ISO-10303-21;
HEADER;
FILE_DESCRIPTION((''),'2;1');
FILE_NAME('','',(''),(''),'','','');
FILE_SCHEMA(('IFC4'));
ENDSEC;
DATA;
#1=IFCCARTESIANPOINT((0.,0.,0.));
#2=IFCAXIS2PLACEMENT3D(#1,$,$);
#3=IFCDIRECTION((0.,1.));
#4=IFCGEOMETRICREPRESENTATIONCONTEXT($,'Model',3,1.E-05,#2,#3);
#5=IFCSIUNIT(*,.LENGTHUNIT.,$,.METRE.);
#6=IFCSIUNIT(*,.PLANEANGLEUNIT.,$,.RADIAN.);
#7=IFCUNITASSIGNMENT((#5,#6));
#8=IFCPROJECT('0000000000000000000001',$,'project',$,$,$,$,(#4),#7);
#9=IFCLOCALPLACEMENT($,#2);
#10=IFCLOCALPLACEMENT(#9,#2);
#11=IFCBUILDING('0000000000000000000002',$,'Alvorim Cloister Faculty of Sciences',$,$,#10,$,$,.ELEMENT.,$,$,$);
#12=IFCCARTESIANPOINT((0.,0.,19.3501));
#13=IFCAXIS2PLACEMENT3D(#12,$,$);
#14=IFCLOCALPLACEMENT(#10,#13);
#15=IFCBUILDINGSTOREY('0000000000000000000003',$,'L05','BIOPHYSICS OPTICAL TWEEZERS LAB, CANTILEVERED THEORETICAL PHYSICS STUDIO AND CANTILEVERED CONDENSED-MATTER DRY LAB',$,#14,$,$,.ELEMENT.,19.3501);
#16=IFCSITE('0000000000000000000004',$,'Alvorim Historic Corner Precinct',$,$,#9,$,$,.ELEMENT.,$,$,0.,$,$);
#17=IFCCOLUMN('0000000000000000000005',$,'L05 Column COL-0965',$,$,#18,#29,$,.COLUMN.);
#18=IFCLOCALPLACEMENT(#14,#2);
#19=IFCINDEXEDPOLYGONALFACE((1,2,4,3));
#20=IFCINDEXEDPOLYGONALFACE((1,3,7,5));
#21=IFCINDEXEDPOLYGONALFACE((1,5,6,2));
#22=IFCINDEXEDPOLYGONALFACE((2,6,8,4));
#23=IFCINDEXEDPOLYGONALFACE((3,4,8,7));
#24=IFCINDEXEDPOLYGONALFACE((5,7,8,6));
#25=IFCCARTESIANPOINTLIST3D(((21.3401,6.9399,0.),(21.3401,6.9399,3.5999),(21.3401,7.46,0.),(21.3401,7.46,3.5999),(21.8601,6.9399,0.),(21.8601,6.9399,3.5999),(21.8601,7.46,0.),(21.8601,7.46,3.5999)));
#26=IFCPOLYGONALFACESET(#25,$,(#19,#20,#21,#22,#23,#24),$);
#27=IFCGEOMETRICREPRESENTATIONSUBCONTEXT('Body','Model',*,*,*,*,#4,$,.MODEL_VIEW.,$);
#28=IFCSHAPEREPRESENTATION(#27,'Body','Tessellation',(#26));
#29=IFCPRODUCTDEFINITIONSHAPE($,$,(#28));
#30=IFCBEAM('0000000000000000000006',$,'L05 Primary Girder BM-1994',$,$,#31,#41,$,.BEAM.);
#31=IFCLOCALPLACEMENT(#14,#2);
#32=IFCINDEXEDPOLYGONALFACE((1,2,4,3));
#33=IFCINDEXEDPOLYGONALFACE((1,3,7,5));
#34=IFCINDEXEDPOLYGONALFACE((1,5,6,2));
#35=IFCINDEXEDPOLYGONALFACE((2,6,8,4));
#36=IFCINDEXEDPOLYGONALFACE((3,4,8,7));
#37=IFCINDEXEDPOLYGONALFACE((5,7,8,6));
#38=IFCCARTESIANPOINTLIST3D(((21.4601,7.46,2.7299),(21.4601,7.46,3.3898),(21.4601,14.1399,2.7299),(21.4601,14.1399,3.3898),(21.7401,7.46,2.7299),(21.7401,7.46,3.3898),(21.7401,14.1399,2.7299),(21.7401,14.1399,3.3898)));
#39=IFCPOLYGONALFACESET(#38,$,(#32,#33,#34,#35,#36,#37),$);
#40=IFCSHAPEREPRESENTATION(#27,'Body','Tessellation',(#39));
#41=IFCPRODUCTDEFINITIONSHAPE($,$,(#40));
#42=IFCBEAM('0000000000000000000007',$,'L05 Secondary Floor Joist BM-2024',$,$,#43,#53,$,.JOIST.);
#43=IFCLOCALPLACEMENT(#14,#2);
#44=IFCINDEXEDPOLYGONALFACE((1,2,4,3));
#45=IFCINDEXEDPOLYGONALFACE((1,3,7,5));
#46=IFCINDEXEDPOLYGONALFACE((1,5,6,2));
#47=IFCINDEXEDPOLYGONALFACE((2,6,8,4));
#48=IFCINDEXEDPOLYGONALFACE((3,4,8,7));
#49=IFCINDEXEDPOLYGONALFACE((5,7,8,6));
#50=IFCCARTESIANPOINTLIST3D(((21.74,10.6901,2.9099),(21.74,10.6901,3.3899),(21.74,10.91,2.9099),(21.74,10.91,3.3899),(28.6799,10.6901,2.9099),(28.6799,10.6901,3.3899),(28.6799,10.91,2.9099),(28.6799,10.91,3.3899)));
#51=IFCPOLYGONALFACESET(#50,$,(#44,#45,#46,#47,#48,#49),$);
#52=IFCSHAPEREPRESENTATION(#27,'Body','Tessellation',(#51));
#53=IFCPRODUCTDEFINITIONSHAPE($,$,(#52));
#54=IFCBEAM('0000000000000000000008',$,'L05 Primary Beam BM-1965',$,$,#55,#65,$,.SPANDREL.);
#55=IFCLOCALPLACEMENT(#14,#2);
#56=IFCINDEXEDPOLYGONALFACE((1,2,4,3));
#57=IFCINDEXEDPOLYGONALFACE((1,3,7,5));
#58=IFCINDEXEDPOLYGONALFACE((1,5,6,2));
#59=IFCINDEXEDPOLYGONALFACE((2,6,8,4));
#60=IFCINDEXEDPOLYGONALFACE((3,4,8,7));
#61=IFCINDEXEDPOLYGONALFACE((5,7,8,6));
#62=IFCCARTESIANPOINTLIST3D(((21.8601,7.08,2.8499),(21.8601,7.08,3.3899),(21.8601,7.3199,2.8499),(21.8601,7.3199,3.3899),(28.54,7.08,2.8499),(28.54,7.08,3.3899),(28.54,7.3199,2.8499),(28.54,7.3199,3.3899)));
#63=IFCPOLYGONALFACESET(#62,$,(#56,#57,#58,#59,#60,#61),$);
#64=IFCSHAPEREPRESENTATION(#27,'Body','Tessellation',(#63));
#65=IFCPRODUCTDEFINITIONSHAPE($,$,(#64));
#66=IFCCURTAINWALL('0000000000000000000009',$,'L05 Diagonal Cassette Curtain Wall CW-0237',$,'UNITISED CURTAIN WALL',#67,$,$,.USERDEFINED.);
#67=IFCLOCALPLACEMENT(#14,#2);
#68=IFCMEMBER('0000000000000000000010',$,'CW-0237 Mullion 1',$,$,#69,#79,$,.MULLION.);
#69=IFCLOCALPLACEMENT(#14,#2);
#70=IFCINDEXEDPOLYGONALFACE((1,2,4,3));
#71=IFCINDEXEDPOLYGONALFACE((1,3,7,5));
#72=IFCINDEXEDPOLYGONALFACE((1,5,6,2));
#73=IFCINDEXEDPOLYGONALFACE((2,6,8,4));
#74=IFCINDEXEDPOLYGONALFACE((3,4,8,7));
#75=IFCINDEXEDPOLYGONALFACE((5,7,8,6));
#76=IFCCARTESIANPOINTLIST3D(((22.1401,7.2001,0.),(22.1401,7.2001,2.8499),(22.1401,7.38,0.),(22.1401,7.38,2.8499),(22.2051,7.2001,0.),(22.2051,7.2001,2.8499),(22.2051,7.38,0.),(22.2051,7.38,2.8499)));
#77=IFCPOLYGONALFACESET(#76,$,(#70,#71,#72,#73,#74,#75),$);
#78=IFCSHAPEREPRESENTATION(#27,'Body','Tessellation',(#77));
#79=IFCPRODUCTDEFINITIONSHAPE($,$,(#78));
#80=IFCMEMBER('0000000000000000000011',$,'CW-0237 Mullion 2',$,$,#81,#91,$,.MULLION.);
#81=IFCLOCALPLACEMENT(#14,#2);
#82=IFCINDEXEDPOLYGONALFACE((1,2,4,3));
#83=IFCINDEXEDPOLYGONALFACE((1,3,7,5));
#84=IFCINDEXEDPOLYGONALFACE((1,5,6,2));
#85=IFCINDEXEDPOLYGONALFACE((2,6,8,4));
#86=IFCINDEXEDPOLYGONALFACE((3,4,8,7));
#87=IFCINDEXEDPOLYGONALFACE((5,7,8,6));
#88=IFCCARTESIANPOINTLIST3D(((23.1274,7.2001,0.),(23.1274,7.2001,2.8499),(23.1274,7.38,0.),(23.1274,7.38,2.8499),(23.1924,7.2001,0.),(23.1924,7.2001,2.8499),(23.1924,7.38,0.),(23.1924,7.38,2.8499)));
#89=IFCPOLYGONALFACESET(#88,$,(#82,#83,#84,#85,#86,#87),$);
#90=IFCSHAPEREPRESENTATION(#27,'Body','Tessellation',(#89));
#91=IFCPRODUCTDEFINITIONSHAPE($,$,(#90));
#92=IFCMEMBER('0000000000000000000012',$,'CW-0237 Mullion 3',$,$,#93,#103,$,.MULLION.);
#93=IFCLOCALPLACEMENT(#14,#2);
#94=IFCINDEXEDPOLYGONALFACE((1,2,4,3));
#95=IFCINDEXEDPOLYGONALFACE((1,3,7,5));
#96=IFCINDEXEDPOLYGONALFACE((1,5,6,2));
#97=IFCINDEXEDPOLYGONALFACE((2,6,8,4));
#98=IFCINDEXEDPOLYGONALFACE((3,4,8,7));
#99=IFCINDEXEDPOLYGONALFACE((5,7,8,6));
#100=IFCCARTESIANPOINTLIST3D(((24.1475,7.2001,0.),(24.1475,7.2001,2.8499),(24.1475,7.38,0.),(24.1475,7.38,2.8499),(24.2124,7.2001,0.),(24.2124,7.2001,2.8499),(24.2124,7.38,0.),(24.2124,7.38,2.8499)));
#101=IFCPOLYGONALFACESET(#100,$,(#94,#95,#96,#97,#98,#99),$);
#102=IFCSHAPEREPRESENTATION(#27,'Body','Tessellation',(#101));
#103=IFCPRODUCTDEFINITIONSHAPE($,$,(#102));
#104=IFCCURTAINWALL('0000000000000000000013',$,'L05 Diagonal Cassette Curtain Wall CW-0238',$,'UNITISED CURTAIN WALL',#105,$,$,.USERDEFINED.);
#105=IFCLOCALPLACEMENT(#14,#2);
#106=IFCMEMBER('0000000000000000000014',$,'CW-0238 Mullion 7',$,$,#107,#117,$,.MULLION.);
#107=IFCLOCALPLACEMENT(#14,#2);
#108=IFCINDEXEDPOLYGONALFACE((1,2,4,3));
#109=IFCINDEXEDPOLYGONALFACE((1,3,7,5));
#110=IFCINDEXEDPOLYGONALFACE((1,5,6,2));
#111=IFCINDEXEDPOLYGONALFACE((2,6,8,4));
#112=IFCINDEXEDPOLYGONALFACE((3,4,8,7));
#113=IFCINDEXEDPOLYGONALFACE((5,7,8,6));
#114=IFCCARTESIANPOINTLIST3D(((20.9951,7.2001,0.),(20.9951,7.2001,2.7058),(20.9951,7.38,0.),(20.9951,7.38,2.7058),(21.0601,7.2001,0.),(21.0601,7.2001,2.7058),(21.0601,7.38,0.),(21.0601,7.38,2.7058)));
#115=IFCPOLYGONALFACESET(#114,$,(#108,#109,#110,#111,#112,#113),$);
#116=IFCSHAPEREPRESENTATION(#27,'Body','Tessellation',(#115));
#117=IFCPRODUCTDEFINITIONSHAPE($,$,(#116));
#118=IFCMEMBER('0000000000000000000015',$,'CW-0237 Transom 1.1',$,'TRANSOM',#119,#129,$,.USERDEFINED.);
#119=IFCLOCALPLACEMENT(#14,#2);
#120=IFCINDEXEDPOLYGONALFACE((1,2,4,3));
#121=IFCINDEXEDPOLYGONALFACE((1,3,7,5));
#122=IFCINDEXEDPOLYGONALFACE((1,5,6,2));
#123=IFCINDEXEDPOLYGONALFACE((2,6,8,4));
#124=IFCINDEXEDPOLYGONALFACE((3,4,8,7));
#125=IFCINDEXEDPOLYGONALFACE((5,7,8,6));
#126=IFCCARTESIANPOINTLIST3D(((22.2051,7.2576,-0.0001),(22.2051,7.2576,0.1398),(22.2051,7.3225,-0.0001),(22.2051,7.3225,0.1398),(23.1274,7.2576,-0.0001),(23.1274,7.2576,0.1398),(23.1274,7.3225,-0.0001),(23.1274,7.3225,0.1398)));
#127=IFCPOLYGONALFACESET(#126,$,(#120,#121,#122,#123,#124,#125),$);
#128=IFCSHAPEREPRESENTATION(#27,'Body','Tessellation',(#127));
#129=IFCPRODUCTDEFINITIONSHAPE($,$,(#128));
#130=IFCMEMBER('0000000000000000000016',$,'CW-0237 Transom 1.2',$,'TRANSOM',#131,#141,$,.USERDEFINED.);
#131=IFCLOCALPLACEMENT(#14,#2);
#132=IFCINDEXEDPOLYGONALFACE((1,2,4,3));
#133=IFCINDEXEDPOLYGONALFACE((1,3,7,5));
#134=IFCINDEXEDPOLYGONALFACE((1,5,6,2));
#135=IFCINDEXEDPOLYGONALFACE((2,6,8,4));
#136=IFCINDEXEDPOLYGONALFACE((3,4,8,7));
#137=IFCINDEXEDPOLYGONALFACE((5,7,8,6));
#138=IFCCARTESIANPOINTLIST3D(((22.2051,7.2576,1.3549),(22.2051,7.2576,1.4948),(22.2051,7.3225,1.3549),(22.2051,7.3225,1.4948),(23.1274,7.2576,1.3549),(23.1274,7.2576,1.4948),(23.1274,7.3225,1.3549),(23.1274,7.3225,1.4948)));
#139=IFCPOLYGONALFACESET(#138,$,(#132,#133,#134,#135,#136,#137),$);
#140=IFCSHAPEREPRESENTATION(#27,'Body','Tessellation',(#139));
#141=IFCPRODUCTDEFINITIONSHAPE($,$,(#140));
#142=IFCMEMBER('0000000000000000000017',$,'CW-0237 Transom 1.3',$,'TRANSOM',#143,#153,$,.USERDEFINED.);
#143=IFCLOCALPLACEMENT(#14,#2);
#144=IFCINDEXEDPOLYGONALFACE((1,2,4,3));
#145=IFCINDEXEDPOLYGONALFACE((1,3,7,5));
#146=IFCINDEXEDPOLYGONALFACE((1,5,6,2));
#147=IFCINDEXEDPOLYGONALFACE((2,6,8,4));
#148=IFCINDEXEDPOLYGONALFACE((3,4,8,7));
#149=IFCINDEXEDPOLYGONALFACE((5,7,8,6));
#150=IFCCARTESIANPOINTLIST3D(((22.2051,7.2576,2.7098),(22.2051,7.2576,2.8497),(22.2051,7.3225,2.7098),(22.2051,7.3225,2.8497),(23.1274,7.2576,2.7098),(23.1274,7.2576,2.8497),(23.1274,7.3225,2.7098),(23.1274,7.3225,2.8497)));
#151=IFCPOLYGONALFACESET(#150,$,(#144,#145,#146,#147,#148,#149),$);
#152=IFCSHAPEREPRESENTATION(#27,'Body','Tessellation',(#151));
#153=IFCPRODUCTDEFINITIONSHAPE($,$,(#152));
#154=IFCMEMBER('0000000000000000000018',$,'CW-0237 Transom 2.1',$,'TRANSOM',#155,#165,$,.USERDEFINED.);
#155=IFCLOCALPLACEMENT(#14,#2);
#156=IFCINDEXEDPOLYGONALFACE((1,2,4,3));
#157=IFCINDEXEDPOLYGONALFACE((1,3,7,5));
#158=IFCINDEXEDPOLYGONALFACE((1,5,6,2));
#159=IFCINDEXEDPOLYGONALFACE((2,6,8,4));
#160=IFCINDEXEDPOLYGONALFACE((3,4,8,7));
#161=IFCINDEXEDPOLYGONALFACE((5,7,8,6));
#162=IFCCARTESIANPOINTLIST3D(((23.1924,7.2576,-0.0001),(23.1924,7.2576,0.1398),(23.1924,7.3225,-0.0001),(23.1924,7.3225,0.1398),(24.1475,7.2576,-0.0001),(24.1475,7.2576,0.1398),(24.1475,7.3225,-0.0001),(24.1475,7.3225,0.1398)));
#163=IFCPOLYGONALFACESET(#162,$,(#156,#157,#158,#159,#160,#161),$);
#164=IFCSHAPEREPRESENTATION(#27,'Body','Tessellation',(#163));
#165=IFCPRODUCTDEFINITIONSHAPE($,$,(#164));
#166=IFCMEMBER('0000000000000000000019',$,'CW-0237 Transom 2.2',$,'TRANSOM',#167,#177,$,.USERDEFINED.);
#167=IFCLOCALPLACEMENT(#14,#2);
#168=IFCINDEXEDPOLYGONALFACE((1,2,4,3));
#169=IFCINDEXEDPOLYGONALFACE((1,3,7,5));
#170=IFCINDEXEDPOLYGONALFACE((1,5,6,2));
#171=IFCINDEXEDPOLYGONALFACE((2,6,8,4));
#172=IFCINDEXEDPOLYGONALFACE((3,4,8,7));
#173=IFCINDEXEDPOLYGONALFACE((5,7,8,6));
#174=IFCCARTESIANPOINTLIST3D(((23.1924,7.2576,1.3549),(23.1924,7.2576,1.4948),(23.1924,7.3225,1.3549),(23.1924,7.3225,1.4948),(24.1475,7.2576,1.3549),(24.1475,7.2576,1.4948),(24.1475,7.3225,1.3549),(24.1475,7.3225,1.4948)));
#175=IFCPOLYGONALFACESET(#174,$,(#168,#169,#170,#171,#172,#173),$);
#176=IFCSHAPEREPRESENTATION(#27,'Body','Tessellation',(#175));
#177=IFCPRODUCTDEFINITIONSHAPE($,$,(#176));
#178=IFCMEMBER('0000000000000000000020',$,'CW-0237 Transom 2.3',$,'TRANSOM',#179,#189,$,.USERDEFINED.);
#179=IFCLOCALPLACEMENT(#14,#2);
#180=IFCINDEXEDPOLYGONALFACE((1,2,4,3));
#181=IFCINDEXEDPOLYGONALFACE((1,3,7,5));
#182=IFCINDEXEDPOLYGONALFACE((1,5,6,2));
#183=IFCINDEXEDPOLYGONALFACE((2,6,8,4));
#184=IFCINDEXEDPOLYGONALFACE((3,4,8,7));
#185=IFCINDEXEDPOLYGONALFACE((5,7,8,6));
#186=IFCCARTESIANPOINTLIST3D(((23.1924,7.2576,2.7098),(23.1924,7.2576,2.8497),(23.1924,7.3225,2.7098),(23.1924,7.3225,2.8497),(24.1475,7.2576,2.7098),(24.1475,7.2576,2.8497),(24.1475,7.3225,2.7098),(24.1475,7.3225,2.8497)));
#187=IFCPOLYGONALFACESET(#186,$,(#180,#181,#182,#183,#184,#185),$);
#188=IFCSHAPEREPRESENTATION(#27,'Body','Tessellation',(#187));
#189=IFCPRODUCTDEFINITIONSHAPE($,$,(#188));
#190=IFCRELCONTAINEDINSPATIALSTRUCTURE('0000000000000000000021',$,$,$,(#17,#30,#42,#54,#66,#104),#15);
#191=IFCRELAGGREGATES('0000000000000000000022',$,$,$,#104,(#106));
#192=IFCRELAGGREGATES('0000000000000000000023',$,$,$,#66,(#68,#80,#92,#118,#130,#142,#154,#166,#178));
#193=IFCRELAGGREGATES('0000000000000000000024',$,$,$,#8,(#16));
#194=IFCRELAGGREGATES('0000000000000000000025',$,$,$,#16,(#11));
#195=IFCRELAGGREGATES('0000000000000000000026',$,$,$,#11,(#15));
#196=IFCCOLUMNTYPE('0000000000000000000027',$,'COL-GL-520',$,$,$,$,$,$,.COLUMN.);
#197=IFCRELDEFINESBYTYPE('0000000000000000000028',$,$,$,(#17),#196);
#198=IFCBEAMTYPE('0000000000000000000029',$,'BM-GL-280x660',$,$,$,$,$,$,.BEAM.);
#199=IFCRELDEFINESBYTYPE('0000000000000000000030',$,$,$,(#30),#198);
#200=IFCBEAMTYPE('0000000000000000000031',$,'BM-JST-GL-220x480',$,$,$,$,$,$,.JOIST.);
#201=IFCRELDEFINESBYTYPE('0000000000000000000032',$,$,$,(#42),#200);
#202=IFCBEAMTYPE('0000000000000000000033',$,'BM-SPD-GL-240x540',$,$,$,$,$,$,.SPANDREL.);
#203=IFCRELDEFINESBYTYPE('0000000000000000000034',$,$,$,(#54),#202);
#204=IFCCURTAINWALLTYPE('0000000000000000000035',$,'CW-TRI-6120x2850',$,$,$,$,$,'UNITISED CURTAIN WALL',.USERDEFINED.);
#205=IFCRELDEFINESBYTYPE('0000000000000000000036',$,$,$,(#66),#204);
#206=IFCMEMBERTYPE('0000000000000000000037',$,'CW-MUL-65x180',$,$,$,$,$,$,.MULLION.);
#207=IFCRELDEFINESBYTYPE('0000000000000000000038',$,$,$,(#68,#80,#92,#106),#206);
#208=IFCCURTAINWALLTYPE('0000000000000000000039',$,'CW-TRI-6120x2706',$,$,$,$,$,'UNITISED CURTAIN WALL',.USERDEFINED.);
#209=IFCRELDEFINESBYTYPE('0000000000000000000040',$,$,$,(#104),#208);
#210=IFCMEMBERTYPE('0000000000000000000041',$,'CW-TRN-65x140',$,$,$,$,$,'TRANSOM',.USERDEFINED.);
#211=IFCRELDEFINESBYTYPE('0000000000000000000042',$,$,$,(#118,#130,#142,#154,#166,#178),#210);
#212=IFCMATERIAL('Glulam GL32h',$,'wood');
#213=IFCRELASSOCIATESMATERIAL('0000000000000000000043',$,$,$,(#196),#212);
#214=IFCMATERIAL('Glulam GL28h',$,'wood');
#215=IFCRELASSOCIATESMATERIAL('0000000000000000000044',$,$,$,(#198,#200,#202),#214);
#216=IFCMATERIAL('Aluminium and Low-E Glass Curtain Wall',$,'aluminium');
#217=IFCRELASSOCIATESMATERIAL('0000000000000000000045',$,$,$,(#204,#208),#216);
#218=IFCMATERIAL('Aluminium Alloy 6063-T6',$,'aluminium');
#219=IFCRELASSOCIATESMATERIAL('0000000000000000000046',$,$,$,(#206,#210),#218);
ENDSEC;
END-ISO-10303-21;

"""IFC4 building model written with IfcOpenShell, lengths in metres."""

from ifc_helpers import new_model, si_unit, direction, frame, origin, origin_2d, place, context, subcontext, project, spatial, rectangle, extrude, material, material_profile, profile_set, type_object, element, aggregate, save


model = new_model("IFC4")

# Units and contexts
model_context = context("Model", 3, precision=1e-05, world=origin(), true_north=direction((0.0, 1.0)))
body_context = subcontext(model_context, "Body", "Model", "MODEL_VIEW")
ifc_project = project(units=[si_unit("LENGTHUNIT", "METRE"), si_unit("PLANEANGLEUNIT", "RADIAN")], contexts=[model_context])

# Site, building, storey
site_placement = place(None, origin())
site = spatial("IfcSite", under=ifc_project, at=site_placement, Name="Alvorim Historic Corner Precinct", CompositionType="ELEMENT", RefElevation=0.0)
building_placement = place(site_placement, origin())
building = spatial("IfcBuilding", under=site, at=building_placement, Name="Alvorim Cloister Faculty of Sciences", CompositionType="ELEMENT")
storey_placement = place(building_placement, frame((0.0, 0.0, 19.3501)))
storey = spatial("IfcBuildingStorey", under=building, at=storey_placement, Name="L05", Description="BIOPHYSICS OPTICAL TWEEZERS LAB, CANTILEVERED THEORETICAL PHYSICS STUDIO AND CANTILEVERED CONDENSED-MATTER DRY LAB", CompositionType="ELEMENT", Elevation=19.3501)

# Column
ifc_material_1 = material(Name="Glulam GL32h", Category="wood")
ifc_material_profile_1 = material_profile(ifc_material_1, rectangle(XDim=0.52, YDim=0.52, at=origin_2d()), Name="GL32-COL-520x520")
ifc_profile_set_1 = profile_set([ifc_material_profile_1], Name="Glulam GL32h")
column_type = type_object("IfcColumnType", Name="COL-GL-520", PredefinedType="COLUMN", material=ifc_profile_set_1)
column_placement = place(storey_placement, frame((21.6001, 7.2, 0.0), z_axis=(0.0, 0.0, 1.0), x_axis=(1.0, 0.0, 0.0)))
element("IfcColumn", 1, at=column_placement, inside=storey, type_object=column_type, Name="L05 Column COL-0965", PredefinedType="COLUMN", context=body_context, shape_type="SweptSolid", body=[
    extrude(rectangle(XDim=0.52, YDim=0.52, at=origin_2d()), origin(), (0.0, 0.0, 1.0), 3.5999),
])

# Beams
ifc_material_2 = material(Name="Glulam GL28h", Category="wood")
ifc_material_profile_2 = material_profile(ifc_material_2, rectangle(XDim=0.28, YDim=0.6599, at=origin_2d()), Name="GL28-BM-280x660")
ifc_profile_set_2 = profile_set([ifc_material_profile_2], Name="Glulam GL28h")
beam_type_1 = type_object("IfcBeamType", Name="BM-GL-280x660", PredefinedType="BEAM", material=ifc_profile_set_2)
beam_1_placement = place(storey_placement, frame((21.6001, 7.46, 3.0598), z_axis=(0.0, 1.0, 0.0), x_axis=(-1.0, 0.0, 0.0)))
element("IfcBeam", 2, at=beam_1_placement, inside=storey, type_object=beam_type_1, Name="L05 Primary Girder BM-1994", PredefinedType="BEAM", context=body_context, shape_type="SweptSolid", body=[
    extrude(rectangle(XDim=0.28, YDim=0.6599, at=origin_2d()), origin(), (0.0, 0.0, 1.0), 6.6799),
])
ifc_material_profile_3 = material_profile(ifc_material_2, rectangle(XDim=0.22, YDim=0.48, at=origin_2d()), Name="GL28-JST-220x480")
ifc_profile_set_3 = profile_set([ifc_material_profile_3], Name="Glulam GL28h")
beam_type_2 = type_object("IfcBeamType", Name="BM-JST-GL-220x480", PredefinedType="JOIST", material=ifc_profile_set_3)
beam_2_placement = place(storey_placement, frame((21.74, 10.8, 3.1499), z_axis=(1.0, 0.0, 0.0), x_axis=(0.0, 1.0, 0.0)))
element("IfcBeam", 3, at=beam_2_placement, inside=storey, type_object=beam_type_2, Name="L05 Secondary Floor Joist BM-2024", PredefinedType="JOIST", context=body_context, shape_type="SweptSolid", body=[
    extrude(rectangle(XDim=0.22, YDim=0.48, at=origin_2d()), origin(), (0.0, 0.0, 1.0), 6.9399),
])
ifc_material_profile_4 = material_profile(ifc_material_2, rectangle(XDim=0.24, YDim=0.54, at=origin_2d()), Name="GL28-SPD-240x540")
ifc_profile_set_4 = profile_set([ifc_material_profile_4], Name="Glulam GL28h")
beam_type_3 = type_object("IfcBeamType", Name="BM-SPD-GL-240x540", PredefinedType="SPANDREL", material=ifc_profile_set_4)
beam_3_placement = place(storey_placement, frame((21.8601, 7.2, 3.1199), z_axis=(1.0, 0.0, 0.0), x_axis=(0.0, 1.0, 0.0)))
element("IfcBeam", 4, at=beam_3_placement, inside=storey, type_object=beam_type_3, Name="L05 Primary Beam BM-1965", PredefinedType="SPANDREL", context=body_context, shape_type="SweptSolid", body=[
    extrude(rectangle(XDim=0.24, YDim=0.54, at=origin_2d()), origin(), (0.0, 0.0, 1.0), 6.6799),
])

# Curtain wall, members
ifc_material_3 = material(Name="Aluminium and Low-E Glass Curtain Wall", Category="aluminium")
curtain_wall_type_1 = type_object("IfcCurtainWallType", Name="CW-TRI-6120x2850", ElementType="UNITISED CURTAIN WALL", PredefinedType="USERDEFINED", material=ifc_material_3)
curtain_wall_1_placement = place(storey_placement, origin())
curtain_wall_1 = element("IfcCurtainWall", 5, at=curtain_wall_1_placement, inside=storey, type_object=curtain_wall_type_1, Name="L05 Diagonal Cassette Curtain Wall CW-0237", ObjectType="UNITISED CURTAIN WALL", PredefinedType="USERDEFINED")
ifc_material_4 = material(Name="Aluminium Alloy 6063-T6", Category="aluminium")
ifc_material_profile_5 = material_profile(ifc_material_4, rectangle(XDim=0.0649, YDim=0.1799, at=origin_2d()), Name="ALU-MUL-65x180")
ifc_profile_set_5 = profile_set([ifc_material_profile_5], Name="Aluminium Alloy 6063-T6")
member_type_1 = type_object("IfcMemberType", Name="CW-MUL-65x180", PredefinedType="MULLION", material=ifc_profile_set_5)
member_1_placement = place(storey_placement, frame((22.1726, 7.29, 0.0), z_axis=(0.0, 0.0, 1.0), x_axis=(1.0, 0.0, 0.0)))
member_1 = element("IfcMember", 6, at=member_1_placement, type_object=member_type_1, Name="CW-0237 Mullion 1", PredefinedType="MULLION", context=body_context, shape_type="SweptSolid", body=[
    extrude(rectangle(XDim=0.0649, YDim=0.1799, at=origin_2d()), origin(), (0.0, 0.0, 1.0), 2.8499),
])
member_2_placement = place(storey_placement, frame((23.1599, 7.29, 0.0), z_axis=(0.0, 0.0, 1.0), x_axis=(1.0, 0.0, 0.0)))
member_2 = element("IfcMember", 7, at=member_2_placement, type_object=member_type_1, Name="CW-0237 Mullion 2", PredefinedType="MULLION", context=body_context, shape_type="SweptSolid", body=[
    extrude(rectangle(XDim=0.0649, YDim=0.1799, at=origin_2d()), origin(), (0.0, 0.0, 1.0), 2.8499),
])
member_3_placement = place(storey_placement, frame((24.1799, 7.29, 0.0), z_axis=(0.0, 0.0, 1.0), x_axis=(1.0, 0.0, 0.0)))
member_3 = element("IfcMember", 8, at=member_3_placement, type_object=member_type_1, Name="CW-0237 Mullion 3", PredefinedType="MULLION", context=body_context, shape_type="SweptSolid", body=[
    extrude(rectangle(XDim=0.0649, YDim=0.1799, at=origin_2d()), origin(), (0.0, 0.0, 1.0), 2.8499),
])

# Curtain wall, member
curtain_wall_type_2 = type_object("IfcCurtainWallType", Name="CW-TRI-6120x2706", ElementType="UNITISED CURTAIN WALL", PredefinedType="USERDEFINED", material=ifc_material_3)
curtain_wall_2_placement = place(storey_placement, origin())
curtain_wall_2 = element("IfcCurtainWall", 9, at=curtain_wall_2_placement, inside=storey, type_object=curtain_wall_type_2, Name="L05 Diagonal Cassette Curtain Wall CW-0238", ObjectType="UNITISED CURTAIN WALL", PredefinedType="USERDEFINED")
member_4_placement = place(storey_placement, frame((21.0276, 7.29, 0.0), z_axis=(0.0, 0.0, 1.0), x_axis=(1.0, 0.0, 0.0)))
member_4 = element("IfcMember", 10, at=member_4_placement, type_object=member_type_1, Name="CW-0238 Mullion 7", PredefinedType="MULLION", context=body_context, shape_type="SweptSolid", body=[
    extrude(rectangle(XDim=0.0649, YDim=0.1799, at=origin_2d()), origin(), (0.0, 0.0, 1.0), 2.7058),
])

# Members
ifc_material_profile_6 = material_profile(ifc_material_4, rectangle(XDim=0.0649, YDim=0.1399, at=origin_2d()), Name="ALU-TRN-65x140")
ifc_profile_set_6 = profile_set([ifc_material_profile_6], Name="Aluminium Alloy 6063-T6")
member_type_2 = type_object("IfcMemberType", Name="CW-TRN-65x140", ElementType="TRANSOM", PredefinedType="USERDEFINED", material=ifc_profile_set_6)
member_5_placement = place(storey_placement, frame((22.2051, 7.29, 0.0698), z_axis=(1.0, 0.0, 0.0), x_axis=(0.0, 1.0, 0.0)))
member_5 = element("IfcMember", 11, at=member_5_placement, type_object=member_type_2, Name="CW-0237 Transom 1.1", ObjectType="TRANSOM", PredefinedType="USERDEFINED", context=body_context, shape_type="SweptSolid", body=[
    extrude(rectangle(XDim=0.0649, YDim=0.1399, at=origin_2d()), origin(), (0.0, 0.0, 1.0), 0.9224),
])
member_6_placement = place(storey_placement, frame((22.2051, 7.29, 1.4248), z_axis=(1.0, 0.0, 0.0), x_axis=(0.0, 1.0, 0.0)))
member_6 = element("IfcMember", 12, at=member_6_placement, type_object=member_type_2, Name="CW-0237 Transom 1.2", ObjectType="TRANSOM", PredefinedType="USERDEFINED", context=body_context, shape_type="SweptSolid", body=[
    extrude(rectangle(XDim=0.0649, YDim=0.1399, at=origin_2d()), origin(), (0.0, 0.0, 1.0), 0.9224),
])
member_7_placement = place(storey_placement, frame((22.2051, 7.29, 2.7798), z_axis=(1.0, 0.0, 0.0), x_axis=(0.0, 1.0, 0.0)))
member_7 = element("IfcMember", 13, at=member_7_placement, type_object=member_type_2, Name="CW-0237 Transom 1.3", ObjectType="TRANSOM", PredefinedType="USERDEFINED", context=body_context, shape_type="SweptSolid", body=[
    extrude(rectangle(XDim=0.0649, YDim=0.1399, at=origin_2d()), origin(), (0.0, 0.0, 1.0), 0.9224),
])
member_8_placement = place(storey_placement, frame((23.1924, 7.29, 0.0698), z_axis=(1.0, 0.0, 0.0), x_axis=(0.0, 1.0, 0.0)))
member_8 = element("IfcMember", 14, at=member_8_placement, type_object=member_type_2, Name="CW-0237 Transom 2.1", ObjectType="TRANSOM", PredefinedType="USERDEFINED", context=body_context, shape_type="SweptSolid", body=[
    extrude(rectangle(XDim=0.0649, YDim=0.1399, at=origin_2d()), origin(), (0.0, 0.0, 1.0), 0.9551),
])
member_9_placement = place(storey_placement, frame((23.1924, 7.29, 1.4248), z_axis=(1.0, 0.0, 0.0), x_axis=(0.0, 1.0, 0.0)))
member_9 = element("IfcMember", 15, at=member_9_placement, type_object=member_type_2, Name="CW-0237 Transom 2.2", ObjectType="TRANSOM", PredefinedType="USERDEFINED", context=body_context, shape_type="SweptSolid", body=[
    extrude(rectangle(XDim=0.0649, YDim=0.1399, at=origin_2d()), origin(), (0.0, 0.0, 1.0), 0.9551),
])
member_10_placement = place(storey_placement, frame((23.1924, 7.29, 2.7798), z_axis=(1.0, 0.0, 0.0), x_axis=(0.0, 1.0, 0.0)))
member_10 = element("IfcMember", 16, at=member_10_placement, type_object=member_type_2, Name="CW-0237 Transom 2.3", ObjectType="TRANSOM", PredefinedType="USERDEFINED", context=body_context, shape_type="SweptSolid", body=[
    extrude(rectangle(XDim=0.0649, YDim=0.1399, at=origin_2d()), origin(), (0.0, 0.0, 1.0), 0.9551),
])
aggregate(curtain_wall_2, [member_4])

aggregate(curtain_wall_1, [member_1, member_2, member_3, member_5, member_6, member_7, member_8, member_9, member_10])

save(model, "model.ifc")
